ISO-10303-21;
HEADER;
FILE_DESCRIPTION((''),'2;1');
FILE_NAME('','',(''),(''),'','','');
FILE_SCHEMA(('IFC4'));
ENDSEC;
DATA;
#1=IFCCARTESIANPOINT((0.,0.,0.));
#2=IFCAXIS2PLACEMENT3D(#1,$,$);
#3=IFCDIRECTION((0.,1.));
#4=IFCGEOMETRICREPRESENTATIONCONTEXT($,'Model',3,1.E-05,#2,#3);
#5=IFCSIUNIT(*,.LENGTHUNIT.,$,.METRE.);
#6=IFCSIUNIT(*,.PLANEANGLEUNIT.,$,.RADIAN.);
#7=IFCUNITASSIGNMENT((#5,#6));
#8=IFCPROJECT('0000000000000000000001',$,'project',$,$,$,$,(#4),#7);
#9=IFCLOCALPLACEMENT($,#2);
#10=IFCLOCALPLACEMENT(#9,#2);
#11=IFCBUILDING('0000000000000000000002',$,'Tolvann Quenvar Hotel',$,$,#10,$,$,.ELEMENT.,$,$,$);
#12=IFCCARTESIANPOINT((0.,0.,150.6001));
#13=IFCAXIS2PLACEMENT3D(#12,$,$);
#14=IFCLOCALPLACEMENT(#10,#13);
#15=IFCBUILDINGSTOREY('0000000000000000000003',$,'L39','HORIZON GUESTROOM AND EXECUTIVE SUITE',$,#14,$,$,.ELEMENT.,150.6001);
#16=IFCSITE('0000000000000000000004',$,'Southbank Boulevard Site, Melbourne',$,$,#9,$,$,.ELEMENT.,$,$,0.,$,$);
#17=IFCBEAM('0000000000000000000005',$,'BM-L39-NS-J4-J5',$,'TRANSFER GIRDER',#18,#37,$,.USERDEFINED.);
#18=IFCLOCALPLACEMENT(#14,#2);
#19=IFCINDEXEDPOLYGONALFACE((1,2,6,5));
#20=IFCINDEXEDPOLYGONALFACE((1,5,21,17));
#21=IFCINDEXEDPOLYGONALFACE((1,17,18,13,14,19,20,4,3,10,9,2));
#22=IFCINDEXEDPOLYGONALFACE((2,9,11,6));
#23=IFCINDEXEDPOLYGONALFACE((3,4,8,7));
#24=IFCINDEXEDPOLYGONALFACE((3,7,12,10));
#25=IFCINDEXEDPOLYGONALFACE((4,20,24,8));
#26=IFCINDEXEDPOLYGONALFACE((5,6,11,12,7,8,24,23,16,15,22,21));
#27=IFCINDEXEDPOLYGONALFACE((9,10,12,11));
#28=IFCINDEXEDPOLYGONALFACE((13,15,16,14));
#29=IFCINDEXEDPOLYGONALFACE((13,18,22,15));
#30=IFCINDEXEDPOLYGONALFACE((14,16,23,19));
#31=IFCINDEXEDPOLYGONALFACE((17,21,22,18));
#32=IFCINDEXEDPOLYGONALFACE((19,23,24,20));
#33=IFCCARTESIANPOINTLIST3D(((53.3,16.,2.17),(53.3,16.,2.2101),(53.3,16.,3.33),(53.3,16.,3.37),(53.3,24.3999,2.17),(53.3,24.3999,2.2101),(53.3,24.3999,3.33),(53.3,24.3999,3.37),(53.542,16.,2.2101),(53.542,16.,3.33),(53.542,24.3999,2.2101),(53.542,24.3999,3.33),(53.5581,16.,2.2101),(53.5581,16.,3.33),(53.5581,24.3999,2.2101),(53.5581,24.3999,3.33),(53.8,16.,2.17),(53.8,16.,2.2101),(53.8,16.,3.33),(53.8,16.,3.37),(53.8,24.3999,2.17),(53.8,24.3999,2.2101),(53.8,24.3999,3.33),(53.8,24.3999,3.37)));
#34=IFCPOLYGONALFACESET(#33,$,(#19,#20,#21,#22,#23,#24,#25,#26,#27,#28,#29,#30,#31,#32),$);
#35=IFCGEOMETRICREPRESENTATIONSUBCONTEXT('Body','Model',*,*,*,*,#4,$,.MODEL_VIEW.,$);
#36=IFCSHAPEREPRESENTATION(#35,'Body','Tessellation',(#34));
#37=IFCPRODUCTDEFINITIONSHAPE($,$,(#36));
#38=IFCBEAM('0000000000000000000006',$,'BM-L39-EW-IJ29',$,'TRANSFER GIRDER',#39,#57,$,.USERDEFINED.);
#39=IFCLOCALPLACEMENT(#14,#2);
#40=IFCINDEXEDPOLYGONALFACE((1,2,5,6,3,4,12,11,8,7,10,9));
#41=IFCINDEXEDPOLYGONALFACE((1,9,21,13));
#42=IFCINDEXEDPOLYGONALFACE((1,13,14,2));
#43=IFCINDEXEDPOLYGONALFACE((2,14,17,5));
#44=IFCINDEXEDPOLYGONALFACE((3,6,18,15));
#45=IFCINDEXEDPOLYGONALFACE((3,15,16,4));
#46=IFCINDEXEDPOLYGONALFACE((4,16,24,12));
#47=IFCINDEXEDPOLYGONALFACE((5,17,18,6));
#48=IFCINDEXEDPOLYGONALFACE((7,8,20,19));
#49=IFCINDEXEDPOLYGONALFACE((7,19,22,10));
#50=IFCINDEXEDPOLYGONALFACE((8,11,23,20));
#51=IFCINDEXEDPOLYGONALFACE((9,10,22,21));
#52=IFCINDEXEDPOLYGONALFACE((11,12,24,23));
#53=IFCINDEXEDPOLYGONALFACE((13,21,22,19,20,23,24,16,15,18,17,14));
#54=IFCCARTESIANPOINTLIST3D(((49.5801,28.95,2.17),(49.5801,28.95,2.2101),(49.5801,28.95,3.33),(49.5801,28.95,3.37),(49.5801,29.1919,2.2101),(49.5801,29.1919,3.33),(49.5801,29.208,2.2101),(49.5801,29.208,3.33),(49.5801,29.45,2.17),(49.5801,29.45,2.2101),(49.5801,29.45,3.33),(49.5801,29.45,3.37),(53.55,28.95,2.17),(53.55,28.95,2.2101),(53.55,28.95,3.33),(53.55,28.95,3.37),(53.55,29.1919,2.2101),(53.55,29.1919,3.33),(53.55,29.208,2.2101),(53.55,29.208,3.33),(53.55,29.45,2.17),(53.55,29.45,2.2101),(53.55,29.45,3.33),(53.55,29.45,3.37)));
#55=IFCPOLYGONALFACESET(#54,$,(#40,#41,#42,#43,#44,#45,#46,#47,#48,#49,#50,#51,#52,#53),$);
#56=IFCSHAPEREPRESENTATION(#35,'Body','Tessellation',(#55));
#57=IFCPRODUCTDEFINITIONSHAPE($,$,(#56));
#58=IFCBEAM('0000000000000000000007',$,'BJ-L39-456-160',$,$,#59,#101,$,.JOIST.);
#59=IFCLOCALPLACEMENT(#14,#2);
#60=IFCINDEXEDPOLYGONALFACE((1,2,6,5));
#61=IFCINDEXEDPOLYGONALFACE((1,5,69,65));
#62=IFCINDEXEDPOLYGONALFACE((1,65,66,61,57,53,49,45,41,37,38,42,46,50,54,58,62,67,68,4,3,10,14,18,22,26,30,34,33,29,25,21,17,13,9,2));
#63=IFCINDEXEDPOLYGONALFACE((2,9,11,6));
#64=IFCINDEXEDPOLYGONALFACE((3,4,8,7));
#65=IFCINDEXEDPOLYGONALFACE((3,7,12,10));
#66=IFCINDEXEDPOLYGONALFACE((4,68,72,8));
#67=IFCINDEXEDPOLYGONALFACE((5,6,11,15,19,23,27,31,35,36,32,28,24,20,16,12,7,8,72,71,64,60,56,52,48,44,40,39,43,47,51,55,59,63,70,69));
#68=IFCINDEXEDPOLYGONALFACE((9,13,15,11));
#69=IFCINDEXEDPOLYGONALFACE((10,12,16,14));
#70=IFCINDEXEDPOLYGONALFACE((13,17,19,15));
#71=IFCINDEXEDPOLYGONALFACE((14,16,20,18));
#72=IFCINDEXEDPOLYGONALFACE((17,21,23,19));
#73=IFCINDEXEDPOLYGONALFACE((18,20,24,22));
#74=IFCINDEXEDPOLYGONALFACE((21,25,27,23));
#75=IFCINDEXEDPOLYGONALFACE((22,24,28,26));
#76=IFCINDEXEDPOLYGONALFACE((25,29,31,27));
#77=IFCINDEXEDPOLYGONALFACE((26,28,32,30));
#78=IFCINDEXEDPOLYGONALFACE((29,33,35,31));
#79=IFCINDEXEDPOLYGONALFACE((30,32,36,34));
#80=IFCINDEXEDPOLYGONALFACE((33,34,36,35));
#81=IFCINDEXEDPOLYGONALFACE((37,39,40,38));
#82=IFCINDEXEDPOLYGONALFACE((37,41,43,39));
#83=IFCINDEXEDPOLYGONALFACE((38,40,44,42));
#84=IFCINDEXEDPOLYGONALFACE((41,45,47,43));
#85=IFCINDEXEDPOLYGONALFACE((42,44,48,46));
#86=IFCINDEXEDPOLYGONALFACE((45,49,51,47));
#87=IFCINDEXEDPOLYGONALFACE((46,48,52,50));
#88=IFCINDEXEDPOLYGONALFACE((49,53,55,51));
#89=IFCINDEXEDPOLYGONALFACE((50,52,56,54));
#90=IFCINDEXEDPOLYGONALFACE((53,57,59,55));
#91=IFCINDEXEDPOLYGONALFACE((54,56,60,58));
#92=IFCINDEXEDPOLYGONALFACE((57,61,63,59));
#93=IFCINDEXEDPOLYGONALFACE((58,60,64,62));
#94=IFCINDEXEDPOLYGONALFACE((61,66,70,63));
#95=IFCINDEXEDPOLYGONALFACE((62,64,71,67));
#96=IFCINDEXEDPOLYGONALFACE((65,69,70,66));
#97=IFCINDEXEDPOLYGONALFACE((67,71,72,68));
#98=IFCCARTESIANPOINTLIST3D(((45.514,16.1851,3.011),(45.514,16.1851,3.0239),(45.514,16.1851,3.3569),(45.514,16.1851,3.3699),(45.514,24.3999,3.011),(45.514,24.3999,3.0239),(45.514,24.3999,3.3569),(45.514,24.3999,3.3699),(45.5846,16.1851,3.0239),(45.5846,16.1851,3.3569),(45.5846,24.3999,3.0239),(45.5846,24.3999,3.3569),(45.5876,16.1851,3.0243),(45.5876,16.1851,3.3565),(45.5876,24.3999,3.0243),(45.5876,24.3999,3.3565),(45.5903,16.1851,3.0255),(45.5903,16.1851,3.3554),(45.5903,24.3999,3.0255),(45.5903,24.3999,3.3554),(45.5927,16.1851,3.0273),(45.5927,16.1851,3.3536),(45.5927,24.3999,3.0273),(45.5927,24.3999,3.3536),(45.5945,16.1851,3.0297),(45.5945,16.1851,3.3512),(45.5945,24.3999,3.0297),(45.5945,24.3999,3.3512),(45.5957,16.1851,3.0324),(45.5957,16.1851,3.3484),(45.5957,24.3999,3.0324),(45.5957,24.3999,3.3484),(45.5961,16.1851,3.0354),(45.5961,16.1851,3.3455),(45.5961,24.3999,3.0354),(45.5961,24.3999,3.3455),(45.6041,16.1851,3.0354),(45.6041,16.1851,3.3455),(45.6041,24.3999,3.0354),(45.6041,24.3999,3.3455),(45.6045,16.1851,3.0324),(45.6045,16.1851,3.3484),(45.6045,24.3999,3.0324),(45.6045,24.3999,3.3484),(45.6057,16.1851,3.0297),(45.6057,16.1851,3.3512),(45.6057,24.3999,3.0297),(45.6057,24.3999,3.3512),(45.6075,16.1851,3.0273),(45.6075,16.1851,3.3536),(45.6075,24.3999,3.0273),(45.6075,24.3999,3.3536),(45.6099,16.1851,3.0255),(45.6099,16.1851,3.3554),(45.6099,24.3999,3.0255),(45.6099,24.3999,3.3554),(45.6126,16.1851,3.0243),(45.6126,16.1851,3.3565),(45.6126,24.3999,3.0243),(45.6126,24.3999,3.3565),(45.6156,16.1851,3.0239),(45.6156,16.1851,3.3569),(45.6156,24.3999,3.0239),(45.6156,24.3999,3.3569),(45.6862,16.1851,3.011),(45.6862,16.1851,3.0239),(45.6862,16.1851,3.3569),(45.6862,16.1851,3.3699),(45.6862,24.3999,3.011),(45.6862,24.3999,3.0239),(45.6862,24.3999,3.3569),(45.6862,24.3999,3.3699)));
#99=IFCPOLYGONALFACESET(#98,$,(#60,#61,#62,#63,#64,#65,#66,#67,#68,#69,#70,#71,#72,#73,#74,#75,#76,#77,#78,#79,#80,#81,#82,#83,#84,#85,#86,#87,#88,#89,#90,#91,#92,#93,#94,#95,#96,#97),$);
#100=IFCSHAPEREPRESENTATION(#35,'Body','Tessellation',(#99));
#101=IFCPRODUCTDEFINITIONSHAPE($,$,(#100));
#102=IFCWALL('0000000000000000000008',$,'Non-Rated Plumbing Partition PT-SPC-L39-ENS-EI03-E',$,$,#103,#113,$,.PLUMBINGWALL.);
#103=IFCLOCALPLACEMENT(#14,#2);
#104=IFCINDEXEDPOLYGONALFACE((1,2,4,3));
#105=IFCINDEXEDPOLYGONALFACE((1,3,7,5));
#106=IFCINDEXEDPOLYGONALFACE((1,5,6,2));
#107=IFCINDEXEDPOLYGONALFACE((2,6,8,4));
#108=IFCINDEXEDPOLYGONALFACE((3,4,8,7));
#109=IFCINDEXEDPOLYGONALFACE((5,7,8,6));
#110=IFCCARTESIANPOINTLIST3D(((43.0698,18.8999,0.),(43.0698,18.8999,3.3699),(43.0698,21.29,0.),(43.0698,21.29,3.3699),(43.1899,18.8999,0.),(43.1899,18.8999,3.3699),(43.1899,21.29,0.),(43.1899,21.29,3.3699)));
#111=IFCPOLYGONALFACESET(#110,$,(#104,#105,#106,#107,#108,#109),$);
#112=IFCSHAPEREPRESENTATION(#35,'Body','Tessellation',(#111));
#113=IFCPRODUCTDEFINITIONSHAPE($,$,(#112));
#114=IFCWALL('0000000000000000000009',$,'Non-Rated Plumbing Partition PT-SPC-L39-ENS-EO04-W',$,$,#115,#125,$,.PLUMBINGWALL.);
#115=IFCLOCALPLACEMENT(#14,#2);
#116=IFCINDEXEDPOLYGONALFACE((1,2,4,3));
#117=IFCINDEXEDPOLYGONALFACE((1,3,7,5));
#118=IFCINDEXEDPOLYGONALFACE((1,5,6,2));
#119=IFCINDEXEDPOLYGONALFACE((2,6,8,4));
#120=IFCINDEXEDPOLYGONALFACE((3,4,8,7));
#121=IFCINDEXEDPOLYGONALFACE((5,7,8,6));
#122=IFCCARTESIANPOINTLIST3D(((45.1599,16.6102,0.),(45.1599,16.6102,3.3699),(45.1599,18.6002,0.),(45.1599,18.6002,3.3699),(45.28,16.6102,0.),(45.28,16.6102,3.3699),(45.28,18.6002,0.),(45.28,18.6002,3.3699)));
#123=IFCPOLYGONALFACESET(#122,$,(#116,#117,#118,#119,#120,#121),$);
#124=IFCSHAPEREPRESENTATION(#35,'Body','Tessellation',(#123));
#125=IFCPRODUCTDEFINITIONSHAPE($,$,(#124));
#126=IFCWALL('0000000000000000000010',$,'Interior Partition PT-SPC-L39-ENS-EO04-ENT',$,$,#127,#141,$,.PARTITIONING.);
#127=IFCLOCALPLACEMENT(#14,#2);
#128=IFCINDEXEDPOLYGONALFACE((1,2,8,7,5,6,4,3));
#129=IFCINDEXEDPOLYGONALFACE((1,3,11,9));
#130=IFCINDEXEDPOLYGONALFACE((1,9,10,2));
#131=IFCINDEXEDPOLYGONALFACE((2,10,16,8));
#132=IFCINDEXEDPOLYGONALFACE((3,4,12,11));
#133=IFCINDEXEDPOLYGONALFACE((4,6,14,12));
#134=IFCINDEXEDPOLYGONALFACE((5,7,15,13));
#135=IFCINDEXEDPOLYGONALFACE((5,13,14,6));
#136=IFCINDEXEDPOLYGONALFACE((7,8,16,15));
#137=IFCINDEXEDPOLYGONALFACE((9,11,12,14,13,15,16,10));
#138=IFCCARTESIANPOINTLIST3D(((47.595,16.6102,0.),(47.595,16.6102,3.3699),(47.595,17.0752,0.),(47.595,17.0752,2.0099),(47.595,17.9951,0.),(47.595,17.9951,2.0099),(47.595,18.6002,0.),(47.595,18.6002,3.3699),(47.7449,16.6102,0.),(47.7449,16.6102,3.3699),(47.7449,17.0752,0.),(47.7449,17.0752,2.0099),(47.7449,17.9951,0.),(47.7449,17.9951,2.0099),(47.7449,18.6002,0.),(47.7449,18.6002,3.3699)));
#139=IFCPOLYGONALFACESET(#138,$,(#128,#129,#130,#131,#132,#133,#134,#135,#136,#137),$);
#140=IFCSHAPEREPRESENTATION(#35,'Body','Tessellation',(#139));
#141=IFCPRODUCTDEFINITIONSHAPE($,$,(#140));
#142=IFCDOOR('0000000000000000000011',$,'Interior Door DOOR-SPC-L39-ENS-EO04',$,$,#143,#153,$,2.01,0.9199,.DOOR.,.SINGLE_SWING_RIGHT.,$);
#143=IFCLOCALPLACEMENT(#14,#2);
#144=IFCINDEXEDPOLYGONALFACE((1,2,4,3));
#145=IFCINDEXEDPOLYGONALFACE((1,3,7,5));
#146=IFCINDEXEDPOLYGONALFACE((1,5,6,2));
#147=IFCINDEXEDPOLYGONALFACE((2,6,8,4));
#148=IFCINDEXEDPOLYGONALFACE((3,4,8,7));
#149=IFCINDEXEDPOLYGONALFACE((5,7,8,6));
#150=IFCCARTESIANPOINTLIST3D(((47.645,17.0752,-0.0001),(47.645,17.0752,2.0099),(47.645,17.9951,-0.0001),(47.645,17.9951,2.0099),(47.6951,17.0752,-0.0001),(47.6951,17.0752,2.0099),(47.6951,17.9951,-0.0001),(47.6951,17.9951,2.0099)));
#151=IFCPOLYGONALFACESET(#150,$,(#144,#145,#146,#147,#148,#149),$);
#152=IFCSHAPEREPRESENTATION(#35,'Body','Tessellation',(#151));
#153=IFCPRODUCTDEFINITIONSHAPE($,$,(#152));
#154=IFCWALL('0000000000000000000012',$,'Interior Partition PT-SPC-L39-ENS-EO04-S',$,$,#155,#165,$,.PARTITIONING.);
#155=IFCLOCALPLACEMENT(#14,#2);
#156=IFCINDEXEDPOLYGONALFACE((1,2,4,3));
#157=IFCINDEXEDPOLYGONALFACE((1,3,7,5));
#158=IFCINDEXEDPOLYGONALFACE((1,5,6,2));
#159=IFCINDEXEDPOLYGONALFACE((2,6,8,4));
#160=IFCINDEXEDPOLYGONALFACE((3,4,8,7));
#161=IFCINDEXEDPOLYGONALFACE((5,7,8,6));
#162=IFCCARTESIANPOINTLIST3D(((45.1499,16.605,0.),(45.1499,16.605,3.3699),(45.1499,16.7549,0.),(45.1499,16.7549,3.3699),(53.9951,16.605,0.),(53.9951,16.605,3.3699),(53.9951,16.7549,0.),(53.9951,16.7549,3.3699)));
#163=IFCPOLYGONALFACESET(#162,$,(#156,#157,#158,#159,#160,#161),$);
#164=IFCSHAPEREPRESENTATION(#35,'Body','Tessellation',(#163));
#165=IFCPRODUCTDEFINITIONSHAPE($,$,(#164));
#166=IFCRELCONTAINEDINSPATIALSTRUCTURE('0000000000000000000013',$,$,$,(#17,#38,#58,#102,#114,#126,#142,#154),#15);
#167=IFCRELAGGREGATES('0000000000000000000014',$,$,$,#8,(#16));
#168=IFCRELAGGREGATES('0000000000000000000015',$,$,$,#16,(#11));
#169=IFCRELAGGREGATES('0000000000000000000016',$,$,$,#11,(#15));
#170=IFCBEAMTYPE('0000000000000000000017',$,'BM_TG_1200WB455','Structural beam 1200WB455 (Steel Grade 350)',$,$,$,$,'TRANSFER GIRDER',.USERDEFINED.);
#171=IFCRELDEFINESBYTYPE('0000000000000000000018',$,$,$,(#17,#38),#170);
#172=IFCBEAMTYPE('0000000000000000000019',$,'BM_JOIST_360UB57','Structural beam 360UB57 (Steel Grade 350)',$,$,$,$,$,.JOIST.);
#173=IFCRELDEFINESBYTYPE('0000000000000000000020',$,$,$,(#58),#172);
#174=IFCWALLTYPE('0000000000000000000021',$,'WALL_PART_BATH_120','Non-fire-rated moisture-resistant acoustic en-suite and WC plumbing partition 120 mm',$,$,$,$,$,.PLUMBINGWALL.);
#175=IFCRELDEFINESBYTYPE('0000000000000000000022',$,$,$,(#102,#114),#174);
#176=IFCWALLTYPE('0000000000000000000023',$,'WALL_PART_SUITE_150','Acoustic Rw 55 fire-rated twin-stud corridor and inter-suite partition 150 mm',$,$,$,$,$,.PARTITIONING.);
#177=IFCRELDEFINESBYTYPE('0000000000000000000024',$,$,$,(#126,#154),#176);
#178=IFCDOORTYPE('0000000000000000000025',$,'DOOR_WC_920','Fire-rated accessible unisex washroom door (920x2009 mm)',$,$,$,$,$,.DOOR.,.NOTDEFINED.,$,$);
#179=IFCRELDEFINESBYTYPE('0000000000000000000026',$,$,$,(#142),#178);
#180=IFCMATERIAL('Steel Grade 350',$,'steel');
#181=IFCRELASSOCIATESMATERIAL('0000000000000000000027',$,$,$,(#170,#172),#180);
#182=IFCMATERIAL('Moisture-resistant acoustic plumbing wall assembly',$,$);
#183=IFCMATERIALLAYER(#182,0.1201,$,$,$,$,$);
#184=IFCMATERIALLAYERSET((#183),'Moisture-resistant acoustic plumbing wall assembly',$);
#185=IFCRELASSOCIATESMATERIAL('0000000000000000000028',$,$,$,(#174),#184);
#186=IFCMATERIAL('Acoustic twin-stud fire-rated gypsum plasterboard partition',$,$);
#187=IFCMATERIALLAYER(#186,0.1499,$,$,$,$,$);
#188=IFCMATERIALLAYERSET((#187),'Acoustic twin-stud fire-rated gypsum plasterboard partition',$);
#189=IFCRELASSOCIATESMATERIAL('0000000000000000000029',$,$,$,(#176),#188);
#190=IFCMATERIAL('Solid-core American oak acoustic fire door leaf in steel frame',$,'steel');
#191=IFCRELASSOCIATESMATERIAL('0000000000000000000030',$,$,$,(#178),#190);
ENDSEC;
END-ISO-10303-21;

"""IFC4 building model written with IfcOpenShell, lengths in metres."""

from ifc_helpers import new_model, si_unit, direction, frame, frame_2d, origin, origin_2d, place, context, subcontext, project, spatial, rectangle, i_section, extrude, source, transform, mapped, material, layer, layer_set, material_profile, profile_set, type_object, type_shapes, element, fill, save


model = new_model("IFC4")

# Units and contexts
model_context = context("Model", 3, precision=1e-05, world=origin(), true_north=direction((0.0, 1.0)))
body_context = subcontext(model_context, "Body", "Model", "MODEL_VIEW")
ifc_project = project(units=[si_unit("LENGTHUNIT", "METRE"), si_unit("PLANEANGLEUNIT", "RADIAN")], contexts=[model_context])

# Site, building, storey
site_placement = place(None, origin())
site = spatial("IfcSite", under=ifc_project, at=site_placement, Name="Southbank Boulevard Site, Melbourne", CompositionType="ELEMENT", RefElevation=0.0)
building_placement = place(site_placement, origin())
building = spatial("IfcBuilding", under=site, at=building_placement, Name="Tolvann Quenvar Hotel", CompositionType="ELEMENT")
storey_placement = place(building_placement, frame((0.0, 0.0, 150.6001)))
storey = spatial("IfcBuildingStorey", under=building, at=storey_placement, Name="L39", Description="HORIZON GUESTROOM AND EXECUTIVE SUITE", CompositionType="ELEMENT", Elevation=150.6001)

# Shared definitions
ifc_material_1 = material(Name="Steel Grade 350", Category="steel")

# Beams
ifc_material_profile_1 = material_profile(ifc_material_1, i_section(OverallWidth=0.5, OverallDepth=1.2, WebThickness=0.0161, FlangeThickness=0.04, at=origin_2d()), Name="1200WB455")
ifc_profile_set_1 = profile_set([ifc_material_profile_1], Name="Steel Grade 350")
beam_type_1 = type_object("IfcBeamType", Name="BM_TG_1200WB455", Description="Structural beam 1200WB455 (Steel Grade 350)", ElementType="TRANSFER GIRDER", PredefinedType="USERDEFINED", material=ifc_profile_set_1)
shared_shape_1 = source(origin(), body_context, "Body", "SweptSolid", [
    extrude(i_section(OverallWidth=0.5, OverallDepth=1.2, WebThickness=0.0161, FlangeThickness=0.04, at=origin_2d()), origin(), (0.0, 0.0, 1.0), 8.3999),
])
for number, where, z_axis, x_axis, name in (
    (1, (53.55, 16.0, 2.77), (0.0, 1.0, 0.0), (-1.0, 0.0, 0.0), "BM-L39-NS-J4-J5"),
):
    element("IfcBeam", number, at=place(storey_placement, frame(where, z_axis=z_axis, x_axis=x_axis)), inside=storey, type_object=beam_type_1, Name=name, ObjectType="TRANSFER GIRDER", PredefinedType="USERDEFINED", context=body_context, shape_type="MappedRepresentation", body=[
        mapped(shared_shape_1, transform((0.0, 0.0, 0.0), x_axis=(1.0, 0.0, 0.0), y_axis=(0.0, 1.0, 0.0), z_axis=(0.0, 0.0, 1.0), scale=1.0)),
    ])
shared_shape_2 = source(origin(), body_context, "Body", "SweptSolid", [
    extrude(i_section(OverallWidth=0.5, OverallDepth=1.2, WebThickness=0.0161, FlangeThickness=0.04, at=origin_2d()), origin(), (0.0, 0.0, 1.0), 3.97),
])
beam_1_placement = place(storey_placement, frame((49.5801, 29.2, 2.77), z_axis=(1.0, 0.0, 0.0), x_axis=(0.0, 1.0, 0.0)))
element("IfcBeam", 2, at=beam_1_placement, inside=storey, type_object=beam_type_1, Name="BM-L39-EW-IJ29", ObjectType="TRANSFER GIRDER", PredefinedType="USERDEFINED", context=body_context, shape_type="MappedRepresentation", body=[
    mapped(shared_shape_2, transform((0.0, 0.0, 0.0), x_axis=(1.0, 0.0, 0.0), y_axis=(0.0, 1.0, 0.0), z_axis=(0.0, 0.0, 1.0), scale=1.0)),
])
ifc_material_profile_2 = material_profile(ifc_material_1, i_section(OverallWidth=0.1721, OverallDepth=0.3589, WebThickness=0.0081, FlangeThickness=0.0129, FilletRadius=0.0115, at=origin_2d()), Name="360UB57")
ifc_profile_set_2 = profile_set([ifc_material_profile_2], Name="Steel Grade 350")
beam_type_2 = type_object("IfcBeamType", Name="BM_JOIST_360UB57", Description="Structural beam 360UB57 (Steel Grade 350)", PredefinedType="JOIST", material=ifc_profile_set_2)
shared_shape_3 = source(origin(), body_context, "Body", "SweptSolid", [
    extrude(i_section(OverallWidth=0.1721, OverallDepth=0.3589, WebThickness=0.0081, FlangeThickness=0.0129, FilletRadius=0.0115, at=origin_2d()), origin(), (0.0, 0.0, 1.0), 8.2148),
])
type_shapes(beam_type_2, [shared_shape_3])
beam_2_placement = place(storey_placement, frame((45.6001, 16.1851, 3.1904), z_axis=(0.0, 1.0, 0.0), x_axis=(-1.0, 0.0, 0.0)))
element("IfcBeam", 3, at=beam_2_placement, inside=storey, type_object=beam_type_2, Name="BJ-L39-456-160", PredefinedType="JOIST", context=body_context, shape_type="MappedRepresentation", body=[
    mapped(shared_shape_3, transform((0.0, 0.0, 0.0), x_axis=(1.0, 0.0, 0.0), y_axis=(0.0, 1.0, 0.0), z_axis=(0.0, 0.0, 1.0), scale=1.0)),
])

# Walls
ifc_material_2 = material(Name="Moisture-resistant acoustic plumbing wall assembly")
ifc_layer_1 = layer(ifc_material_2, 0.1201)
ifc_layer_set_1 = layer_set([ifc_layer_1], Name="Moisture-resistant acoustic plumbing wall assembly")
wall_type_1 = type_object("IfcWallType", Name="WALL_PART_BATH_120", Description="Non-fire-rated moisture-resistant acoustic en-suite and WC plumbing partition 120 mm", PredefinedType="PLUMBINGWALL", material=ifc_layer_set_1)
wall_1_placement = place(storey_placement, frame((43.1299, 18.8999, 0.0), z_axis=(0.0, 0.0, 1.0), x_axis=(0.0, 1.0, 0.0)))
element("IfcWall", 4, at=wall_1_placement, inside=storey, type_object=wall_type_1, Name="Non-Rated Plumbing Partition PT-SPC-L39-ENS-EI03-E", PredefinedType="PLUMBINGWALL", context=body_context, shape_type="SweptSolid", body=[
    extrude(rectangle(XDim=2.3901, YDim=0.1201, at=frame_2d((1.1951, 0.0))), origin(), (0.0, 0.0, 1.0), 3.3699),
])
wall_2_placement = place(storey_placement, frame((45.22, 16.6101, 0.0), z_axis=(0.0, 0.0, 1.0), x_axis=(0.0, 1.0, 0.0)))
element("IfcWall", 5, at=wall_2_placement, inside=storey, type_object=wall_type_1, Name="Non-Rated Plumbing Partition PT-SPC-L39-ENS-EO04-W", PredefinedType="PLUMBINGWALL", context=body_context, shape_type="SweptSolid", body=[
    extrude(rectangle(XDim=1.99, YDim=0.1201, at=frame_2d((0.9951, 0.0))), origin(), (0.0, 0.0, 1.0), 3.3699),
])

# Wall, opening, door
ifc_material_3 = material(Name="Acoustic twin-stud fire-rated gypsum plasterboard partition")
ifc_layer_2 = layer(ifc_material_3, 0.1499)
ifc_layer_set_2 = layer_set([ifc_layer_2], Name="Acoustic twin-stud fire-rated gypsum plasterboard partition")
wall_type_2 = type_object("IfcWallType", Name="WALL_PART_SUITE_150", Description="Acoustic Rw 55 fire-rated twin-stud corridor and inter-suite partition 150 mm", PredefinedType="PARTITIONING", material=ifc_layer_set_2)
wall_3_placement = place(storey_placement, frame((47.6699, 16.6101, 0.0), z_axis=(0.0, 0.0, 1.0), x_axis=(0.0, 1.0, 0.0)))
wall_3 = element("IfcWall", 6, at=wall_3_placement, inside=storey, type_object=wall_type_2, Name="Interior Partition PT-SPC-L39-ENS-EO04-ENT", PredefinedType="PARTITIONING", context=body_context, shape_type="SweptSolid", body=[
    extrude(rectangle(XDim=1.99, YDim=0.1499, at=frame_2d((0.9951, 0.0))), origin(), (0.0, 0.0, 1.0), 3.3699),
])
opening_1_placement = place(wall_3_placement, frame((0.4651, 0.0, 0.0)))
opening_1 = element("IfcOpeningElement", 7, at=opening_1_placement, cuts=wall_3, PredefinedType="OPENING", context=body_context, shape_type="SweptSolid", body=[
    extrude(rectangle(XDim=0.9199, YDim=2.01, at=frame_2d((0.46, 1.0049))), frame((0.0, 0.085, 0.0), z_axis=(0.0, -1.0, 0.0), x_axis=(1.0, 0.0, 0.0)), (0.0, 0.0, 1.0), 0.1699),
])
ifc_material_4 = material(Name="Solid-core American oak acoustic fire door leaf in steel frame", Category="steel")
door_type_1 = type_object("IfcDoorType", Name="DOOR_WC_920", Description="Fire-rated accessible unisex washroom door (920x2009 mm)", OperationType="NOTDEFINED", PredefinedType="DOOR", material=ifc_material_4)
shared_shape_4 = source(origin(), body_context, "Body", "SweptSolid", [
    extrude(rectangle(XDim=0.9199, YDim=2.01, at=frame_2d((0.46, 1.0049))), frame((0.0, 0.0249, 0.0), z_axis=(0.0, -1.0, 0.0), x_axis=(1.0, 0.0, 0.0)), (0.0, 0.0, 1.0), 0.05),
])
type_shapes(door_type_1, [shared_shape_4])
door_1_placement = place(opening_1_placement, origin())
door_1 = element("IfcDoor", 8, at=door_1_placement, inside=storey, type_object=door_type_1, Name="Interior Door DOOR-SPC-L39-ENS-EO04", OperationType="SINGLE_SWING_RIGHT", OverallHeight=2.01, OverallWidth=0.9199, PredefinedType="DOOR", context=body_context, shape_type="MappedRepresentation", body=[
    mapped(shared_shape_4, transform((0.0, 0.0, 0.0), x_axis=(1.0, 0.0, 0.0), y_axis=(0.0, 1.0, 0.0), z_axis=(0.0, 0.0, 1.0), scale=1.0)),
])
fill(opening_1, door_1)

# Wall
wall_4_placement = place(storey_placement, frame((45.1499, 16.6799, 0.0), z_axis=(0.0, 0.0, 1.0), x_axis=(1.0, 0.0, 0.0)))
element("IfcWall", 9, at=wall_4_placement, inside=storey, type_object=wall_type_2, Name="Interior Partition PT-SPC-L39-ENS-EO04-S", PredefinedType="PARTITIONING", context=body_context, shape_type="SweptSolid", body=[
    extrude(rectangle(XDim=8.8452, YDim=0.1499, at=frame_2d((4.4226, 0.0))), origin(), (0.0, 0.0, 1.0), 3.3699),
])

save(model, "model.ifc")
